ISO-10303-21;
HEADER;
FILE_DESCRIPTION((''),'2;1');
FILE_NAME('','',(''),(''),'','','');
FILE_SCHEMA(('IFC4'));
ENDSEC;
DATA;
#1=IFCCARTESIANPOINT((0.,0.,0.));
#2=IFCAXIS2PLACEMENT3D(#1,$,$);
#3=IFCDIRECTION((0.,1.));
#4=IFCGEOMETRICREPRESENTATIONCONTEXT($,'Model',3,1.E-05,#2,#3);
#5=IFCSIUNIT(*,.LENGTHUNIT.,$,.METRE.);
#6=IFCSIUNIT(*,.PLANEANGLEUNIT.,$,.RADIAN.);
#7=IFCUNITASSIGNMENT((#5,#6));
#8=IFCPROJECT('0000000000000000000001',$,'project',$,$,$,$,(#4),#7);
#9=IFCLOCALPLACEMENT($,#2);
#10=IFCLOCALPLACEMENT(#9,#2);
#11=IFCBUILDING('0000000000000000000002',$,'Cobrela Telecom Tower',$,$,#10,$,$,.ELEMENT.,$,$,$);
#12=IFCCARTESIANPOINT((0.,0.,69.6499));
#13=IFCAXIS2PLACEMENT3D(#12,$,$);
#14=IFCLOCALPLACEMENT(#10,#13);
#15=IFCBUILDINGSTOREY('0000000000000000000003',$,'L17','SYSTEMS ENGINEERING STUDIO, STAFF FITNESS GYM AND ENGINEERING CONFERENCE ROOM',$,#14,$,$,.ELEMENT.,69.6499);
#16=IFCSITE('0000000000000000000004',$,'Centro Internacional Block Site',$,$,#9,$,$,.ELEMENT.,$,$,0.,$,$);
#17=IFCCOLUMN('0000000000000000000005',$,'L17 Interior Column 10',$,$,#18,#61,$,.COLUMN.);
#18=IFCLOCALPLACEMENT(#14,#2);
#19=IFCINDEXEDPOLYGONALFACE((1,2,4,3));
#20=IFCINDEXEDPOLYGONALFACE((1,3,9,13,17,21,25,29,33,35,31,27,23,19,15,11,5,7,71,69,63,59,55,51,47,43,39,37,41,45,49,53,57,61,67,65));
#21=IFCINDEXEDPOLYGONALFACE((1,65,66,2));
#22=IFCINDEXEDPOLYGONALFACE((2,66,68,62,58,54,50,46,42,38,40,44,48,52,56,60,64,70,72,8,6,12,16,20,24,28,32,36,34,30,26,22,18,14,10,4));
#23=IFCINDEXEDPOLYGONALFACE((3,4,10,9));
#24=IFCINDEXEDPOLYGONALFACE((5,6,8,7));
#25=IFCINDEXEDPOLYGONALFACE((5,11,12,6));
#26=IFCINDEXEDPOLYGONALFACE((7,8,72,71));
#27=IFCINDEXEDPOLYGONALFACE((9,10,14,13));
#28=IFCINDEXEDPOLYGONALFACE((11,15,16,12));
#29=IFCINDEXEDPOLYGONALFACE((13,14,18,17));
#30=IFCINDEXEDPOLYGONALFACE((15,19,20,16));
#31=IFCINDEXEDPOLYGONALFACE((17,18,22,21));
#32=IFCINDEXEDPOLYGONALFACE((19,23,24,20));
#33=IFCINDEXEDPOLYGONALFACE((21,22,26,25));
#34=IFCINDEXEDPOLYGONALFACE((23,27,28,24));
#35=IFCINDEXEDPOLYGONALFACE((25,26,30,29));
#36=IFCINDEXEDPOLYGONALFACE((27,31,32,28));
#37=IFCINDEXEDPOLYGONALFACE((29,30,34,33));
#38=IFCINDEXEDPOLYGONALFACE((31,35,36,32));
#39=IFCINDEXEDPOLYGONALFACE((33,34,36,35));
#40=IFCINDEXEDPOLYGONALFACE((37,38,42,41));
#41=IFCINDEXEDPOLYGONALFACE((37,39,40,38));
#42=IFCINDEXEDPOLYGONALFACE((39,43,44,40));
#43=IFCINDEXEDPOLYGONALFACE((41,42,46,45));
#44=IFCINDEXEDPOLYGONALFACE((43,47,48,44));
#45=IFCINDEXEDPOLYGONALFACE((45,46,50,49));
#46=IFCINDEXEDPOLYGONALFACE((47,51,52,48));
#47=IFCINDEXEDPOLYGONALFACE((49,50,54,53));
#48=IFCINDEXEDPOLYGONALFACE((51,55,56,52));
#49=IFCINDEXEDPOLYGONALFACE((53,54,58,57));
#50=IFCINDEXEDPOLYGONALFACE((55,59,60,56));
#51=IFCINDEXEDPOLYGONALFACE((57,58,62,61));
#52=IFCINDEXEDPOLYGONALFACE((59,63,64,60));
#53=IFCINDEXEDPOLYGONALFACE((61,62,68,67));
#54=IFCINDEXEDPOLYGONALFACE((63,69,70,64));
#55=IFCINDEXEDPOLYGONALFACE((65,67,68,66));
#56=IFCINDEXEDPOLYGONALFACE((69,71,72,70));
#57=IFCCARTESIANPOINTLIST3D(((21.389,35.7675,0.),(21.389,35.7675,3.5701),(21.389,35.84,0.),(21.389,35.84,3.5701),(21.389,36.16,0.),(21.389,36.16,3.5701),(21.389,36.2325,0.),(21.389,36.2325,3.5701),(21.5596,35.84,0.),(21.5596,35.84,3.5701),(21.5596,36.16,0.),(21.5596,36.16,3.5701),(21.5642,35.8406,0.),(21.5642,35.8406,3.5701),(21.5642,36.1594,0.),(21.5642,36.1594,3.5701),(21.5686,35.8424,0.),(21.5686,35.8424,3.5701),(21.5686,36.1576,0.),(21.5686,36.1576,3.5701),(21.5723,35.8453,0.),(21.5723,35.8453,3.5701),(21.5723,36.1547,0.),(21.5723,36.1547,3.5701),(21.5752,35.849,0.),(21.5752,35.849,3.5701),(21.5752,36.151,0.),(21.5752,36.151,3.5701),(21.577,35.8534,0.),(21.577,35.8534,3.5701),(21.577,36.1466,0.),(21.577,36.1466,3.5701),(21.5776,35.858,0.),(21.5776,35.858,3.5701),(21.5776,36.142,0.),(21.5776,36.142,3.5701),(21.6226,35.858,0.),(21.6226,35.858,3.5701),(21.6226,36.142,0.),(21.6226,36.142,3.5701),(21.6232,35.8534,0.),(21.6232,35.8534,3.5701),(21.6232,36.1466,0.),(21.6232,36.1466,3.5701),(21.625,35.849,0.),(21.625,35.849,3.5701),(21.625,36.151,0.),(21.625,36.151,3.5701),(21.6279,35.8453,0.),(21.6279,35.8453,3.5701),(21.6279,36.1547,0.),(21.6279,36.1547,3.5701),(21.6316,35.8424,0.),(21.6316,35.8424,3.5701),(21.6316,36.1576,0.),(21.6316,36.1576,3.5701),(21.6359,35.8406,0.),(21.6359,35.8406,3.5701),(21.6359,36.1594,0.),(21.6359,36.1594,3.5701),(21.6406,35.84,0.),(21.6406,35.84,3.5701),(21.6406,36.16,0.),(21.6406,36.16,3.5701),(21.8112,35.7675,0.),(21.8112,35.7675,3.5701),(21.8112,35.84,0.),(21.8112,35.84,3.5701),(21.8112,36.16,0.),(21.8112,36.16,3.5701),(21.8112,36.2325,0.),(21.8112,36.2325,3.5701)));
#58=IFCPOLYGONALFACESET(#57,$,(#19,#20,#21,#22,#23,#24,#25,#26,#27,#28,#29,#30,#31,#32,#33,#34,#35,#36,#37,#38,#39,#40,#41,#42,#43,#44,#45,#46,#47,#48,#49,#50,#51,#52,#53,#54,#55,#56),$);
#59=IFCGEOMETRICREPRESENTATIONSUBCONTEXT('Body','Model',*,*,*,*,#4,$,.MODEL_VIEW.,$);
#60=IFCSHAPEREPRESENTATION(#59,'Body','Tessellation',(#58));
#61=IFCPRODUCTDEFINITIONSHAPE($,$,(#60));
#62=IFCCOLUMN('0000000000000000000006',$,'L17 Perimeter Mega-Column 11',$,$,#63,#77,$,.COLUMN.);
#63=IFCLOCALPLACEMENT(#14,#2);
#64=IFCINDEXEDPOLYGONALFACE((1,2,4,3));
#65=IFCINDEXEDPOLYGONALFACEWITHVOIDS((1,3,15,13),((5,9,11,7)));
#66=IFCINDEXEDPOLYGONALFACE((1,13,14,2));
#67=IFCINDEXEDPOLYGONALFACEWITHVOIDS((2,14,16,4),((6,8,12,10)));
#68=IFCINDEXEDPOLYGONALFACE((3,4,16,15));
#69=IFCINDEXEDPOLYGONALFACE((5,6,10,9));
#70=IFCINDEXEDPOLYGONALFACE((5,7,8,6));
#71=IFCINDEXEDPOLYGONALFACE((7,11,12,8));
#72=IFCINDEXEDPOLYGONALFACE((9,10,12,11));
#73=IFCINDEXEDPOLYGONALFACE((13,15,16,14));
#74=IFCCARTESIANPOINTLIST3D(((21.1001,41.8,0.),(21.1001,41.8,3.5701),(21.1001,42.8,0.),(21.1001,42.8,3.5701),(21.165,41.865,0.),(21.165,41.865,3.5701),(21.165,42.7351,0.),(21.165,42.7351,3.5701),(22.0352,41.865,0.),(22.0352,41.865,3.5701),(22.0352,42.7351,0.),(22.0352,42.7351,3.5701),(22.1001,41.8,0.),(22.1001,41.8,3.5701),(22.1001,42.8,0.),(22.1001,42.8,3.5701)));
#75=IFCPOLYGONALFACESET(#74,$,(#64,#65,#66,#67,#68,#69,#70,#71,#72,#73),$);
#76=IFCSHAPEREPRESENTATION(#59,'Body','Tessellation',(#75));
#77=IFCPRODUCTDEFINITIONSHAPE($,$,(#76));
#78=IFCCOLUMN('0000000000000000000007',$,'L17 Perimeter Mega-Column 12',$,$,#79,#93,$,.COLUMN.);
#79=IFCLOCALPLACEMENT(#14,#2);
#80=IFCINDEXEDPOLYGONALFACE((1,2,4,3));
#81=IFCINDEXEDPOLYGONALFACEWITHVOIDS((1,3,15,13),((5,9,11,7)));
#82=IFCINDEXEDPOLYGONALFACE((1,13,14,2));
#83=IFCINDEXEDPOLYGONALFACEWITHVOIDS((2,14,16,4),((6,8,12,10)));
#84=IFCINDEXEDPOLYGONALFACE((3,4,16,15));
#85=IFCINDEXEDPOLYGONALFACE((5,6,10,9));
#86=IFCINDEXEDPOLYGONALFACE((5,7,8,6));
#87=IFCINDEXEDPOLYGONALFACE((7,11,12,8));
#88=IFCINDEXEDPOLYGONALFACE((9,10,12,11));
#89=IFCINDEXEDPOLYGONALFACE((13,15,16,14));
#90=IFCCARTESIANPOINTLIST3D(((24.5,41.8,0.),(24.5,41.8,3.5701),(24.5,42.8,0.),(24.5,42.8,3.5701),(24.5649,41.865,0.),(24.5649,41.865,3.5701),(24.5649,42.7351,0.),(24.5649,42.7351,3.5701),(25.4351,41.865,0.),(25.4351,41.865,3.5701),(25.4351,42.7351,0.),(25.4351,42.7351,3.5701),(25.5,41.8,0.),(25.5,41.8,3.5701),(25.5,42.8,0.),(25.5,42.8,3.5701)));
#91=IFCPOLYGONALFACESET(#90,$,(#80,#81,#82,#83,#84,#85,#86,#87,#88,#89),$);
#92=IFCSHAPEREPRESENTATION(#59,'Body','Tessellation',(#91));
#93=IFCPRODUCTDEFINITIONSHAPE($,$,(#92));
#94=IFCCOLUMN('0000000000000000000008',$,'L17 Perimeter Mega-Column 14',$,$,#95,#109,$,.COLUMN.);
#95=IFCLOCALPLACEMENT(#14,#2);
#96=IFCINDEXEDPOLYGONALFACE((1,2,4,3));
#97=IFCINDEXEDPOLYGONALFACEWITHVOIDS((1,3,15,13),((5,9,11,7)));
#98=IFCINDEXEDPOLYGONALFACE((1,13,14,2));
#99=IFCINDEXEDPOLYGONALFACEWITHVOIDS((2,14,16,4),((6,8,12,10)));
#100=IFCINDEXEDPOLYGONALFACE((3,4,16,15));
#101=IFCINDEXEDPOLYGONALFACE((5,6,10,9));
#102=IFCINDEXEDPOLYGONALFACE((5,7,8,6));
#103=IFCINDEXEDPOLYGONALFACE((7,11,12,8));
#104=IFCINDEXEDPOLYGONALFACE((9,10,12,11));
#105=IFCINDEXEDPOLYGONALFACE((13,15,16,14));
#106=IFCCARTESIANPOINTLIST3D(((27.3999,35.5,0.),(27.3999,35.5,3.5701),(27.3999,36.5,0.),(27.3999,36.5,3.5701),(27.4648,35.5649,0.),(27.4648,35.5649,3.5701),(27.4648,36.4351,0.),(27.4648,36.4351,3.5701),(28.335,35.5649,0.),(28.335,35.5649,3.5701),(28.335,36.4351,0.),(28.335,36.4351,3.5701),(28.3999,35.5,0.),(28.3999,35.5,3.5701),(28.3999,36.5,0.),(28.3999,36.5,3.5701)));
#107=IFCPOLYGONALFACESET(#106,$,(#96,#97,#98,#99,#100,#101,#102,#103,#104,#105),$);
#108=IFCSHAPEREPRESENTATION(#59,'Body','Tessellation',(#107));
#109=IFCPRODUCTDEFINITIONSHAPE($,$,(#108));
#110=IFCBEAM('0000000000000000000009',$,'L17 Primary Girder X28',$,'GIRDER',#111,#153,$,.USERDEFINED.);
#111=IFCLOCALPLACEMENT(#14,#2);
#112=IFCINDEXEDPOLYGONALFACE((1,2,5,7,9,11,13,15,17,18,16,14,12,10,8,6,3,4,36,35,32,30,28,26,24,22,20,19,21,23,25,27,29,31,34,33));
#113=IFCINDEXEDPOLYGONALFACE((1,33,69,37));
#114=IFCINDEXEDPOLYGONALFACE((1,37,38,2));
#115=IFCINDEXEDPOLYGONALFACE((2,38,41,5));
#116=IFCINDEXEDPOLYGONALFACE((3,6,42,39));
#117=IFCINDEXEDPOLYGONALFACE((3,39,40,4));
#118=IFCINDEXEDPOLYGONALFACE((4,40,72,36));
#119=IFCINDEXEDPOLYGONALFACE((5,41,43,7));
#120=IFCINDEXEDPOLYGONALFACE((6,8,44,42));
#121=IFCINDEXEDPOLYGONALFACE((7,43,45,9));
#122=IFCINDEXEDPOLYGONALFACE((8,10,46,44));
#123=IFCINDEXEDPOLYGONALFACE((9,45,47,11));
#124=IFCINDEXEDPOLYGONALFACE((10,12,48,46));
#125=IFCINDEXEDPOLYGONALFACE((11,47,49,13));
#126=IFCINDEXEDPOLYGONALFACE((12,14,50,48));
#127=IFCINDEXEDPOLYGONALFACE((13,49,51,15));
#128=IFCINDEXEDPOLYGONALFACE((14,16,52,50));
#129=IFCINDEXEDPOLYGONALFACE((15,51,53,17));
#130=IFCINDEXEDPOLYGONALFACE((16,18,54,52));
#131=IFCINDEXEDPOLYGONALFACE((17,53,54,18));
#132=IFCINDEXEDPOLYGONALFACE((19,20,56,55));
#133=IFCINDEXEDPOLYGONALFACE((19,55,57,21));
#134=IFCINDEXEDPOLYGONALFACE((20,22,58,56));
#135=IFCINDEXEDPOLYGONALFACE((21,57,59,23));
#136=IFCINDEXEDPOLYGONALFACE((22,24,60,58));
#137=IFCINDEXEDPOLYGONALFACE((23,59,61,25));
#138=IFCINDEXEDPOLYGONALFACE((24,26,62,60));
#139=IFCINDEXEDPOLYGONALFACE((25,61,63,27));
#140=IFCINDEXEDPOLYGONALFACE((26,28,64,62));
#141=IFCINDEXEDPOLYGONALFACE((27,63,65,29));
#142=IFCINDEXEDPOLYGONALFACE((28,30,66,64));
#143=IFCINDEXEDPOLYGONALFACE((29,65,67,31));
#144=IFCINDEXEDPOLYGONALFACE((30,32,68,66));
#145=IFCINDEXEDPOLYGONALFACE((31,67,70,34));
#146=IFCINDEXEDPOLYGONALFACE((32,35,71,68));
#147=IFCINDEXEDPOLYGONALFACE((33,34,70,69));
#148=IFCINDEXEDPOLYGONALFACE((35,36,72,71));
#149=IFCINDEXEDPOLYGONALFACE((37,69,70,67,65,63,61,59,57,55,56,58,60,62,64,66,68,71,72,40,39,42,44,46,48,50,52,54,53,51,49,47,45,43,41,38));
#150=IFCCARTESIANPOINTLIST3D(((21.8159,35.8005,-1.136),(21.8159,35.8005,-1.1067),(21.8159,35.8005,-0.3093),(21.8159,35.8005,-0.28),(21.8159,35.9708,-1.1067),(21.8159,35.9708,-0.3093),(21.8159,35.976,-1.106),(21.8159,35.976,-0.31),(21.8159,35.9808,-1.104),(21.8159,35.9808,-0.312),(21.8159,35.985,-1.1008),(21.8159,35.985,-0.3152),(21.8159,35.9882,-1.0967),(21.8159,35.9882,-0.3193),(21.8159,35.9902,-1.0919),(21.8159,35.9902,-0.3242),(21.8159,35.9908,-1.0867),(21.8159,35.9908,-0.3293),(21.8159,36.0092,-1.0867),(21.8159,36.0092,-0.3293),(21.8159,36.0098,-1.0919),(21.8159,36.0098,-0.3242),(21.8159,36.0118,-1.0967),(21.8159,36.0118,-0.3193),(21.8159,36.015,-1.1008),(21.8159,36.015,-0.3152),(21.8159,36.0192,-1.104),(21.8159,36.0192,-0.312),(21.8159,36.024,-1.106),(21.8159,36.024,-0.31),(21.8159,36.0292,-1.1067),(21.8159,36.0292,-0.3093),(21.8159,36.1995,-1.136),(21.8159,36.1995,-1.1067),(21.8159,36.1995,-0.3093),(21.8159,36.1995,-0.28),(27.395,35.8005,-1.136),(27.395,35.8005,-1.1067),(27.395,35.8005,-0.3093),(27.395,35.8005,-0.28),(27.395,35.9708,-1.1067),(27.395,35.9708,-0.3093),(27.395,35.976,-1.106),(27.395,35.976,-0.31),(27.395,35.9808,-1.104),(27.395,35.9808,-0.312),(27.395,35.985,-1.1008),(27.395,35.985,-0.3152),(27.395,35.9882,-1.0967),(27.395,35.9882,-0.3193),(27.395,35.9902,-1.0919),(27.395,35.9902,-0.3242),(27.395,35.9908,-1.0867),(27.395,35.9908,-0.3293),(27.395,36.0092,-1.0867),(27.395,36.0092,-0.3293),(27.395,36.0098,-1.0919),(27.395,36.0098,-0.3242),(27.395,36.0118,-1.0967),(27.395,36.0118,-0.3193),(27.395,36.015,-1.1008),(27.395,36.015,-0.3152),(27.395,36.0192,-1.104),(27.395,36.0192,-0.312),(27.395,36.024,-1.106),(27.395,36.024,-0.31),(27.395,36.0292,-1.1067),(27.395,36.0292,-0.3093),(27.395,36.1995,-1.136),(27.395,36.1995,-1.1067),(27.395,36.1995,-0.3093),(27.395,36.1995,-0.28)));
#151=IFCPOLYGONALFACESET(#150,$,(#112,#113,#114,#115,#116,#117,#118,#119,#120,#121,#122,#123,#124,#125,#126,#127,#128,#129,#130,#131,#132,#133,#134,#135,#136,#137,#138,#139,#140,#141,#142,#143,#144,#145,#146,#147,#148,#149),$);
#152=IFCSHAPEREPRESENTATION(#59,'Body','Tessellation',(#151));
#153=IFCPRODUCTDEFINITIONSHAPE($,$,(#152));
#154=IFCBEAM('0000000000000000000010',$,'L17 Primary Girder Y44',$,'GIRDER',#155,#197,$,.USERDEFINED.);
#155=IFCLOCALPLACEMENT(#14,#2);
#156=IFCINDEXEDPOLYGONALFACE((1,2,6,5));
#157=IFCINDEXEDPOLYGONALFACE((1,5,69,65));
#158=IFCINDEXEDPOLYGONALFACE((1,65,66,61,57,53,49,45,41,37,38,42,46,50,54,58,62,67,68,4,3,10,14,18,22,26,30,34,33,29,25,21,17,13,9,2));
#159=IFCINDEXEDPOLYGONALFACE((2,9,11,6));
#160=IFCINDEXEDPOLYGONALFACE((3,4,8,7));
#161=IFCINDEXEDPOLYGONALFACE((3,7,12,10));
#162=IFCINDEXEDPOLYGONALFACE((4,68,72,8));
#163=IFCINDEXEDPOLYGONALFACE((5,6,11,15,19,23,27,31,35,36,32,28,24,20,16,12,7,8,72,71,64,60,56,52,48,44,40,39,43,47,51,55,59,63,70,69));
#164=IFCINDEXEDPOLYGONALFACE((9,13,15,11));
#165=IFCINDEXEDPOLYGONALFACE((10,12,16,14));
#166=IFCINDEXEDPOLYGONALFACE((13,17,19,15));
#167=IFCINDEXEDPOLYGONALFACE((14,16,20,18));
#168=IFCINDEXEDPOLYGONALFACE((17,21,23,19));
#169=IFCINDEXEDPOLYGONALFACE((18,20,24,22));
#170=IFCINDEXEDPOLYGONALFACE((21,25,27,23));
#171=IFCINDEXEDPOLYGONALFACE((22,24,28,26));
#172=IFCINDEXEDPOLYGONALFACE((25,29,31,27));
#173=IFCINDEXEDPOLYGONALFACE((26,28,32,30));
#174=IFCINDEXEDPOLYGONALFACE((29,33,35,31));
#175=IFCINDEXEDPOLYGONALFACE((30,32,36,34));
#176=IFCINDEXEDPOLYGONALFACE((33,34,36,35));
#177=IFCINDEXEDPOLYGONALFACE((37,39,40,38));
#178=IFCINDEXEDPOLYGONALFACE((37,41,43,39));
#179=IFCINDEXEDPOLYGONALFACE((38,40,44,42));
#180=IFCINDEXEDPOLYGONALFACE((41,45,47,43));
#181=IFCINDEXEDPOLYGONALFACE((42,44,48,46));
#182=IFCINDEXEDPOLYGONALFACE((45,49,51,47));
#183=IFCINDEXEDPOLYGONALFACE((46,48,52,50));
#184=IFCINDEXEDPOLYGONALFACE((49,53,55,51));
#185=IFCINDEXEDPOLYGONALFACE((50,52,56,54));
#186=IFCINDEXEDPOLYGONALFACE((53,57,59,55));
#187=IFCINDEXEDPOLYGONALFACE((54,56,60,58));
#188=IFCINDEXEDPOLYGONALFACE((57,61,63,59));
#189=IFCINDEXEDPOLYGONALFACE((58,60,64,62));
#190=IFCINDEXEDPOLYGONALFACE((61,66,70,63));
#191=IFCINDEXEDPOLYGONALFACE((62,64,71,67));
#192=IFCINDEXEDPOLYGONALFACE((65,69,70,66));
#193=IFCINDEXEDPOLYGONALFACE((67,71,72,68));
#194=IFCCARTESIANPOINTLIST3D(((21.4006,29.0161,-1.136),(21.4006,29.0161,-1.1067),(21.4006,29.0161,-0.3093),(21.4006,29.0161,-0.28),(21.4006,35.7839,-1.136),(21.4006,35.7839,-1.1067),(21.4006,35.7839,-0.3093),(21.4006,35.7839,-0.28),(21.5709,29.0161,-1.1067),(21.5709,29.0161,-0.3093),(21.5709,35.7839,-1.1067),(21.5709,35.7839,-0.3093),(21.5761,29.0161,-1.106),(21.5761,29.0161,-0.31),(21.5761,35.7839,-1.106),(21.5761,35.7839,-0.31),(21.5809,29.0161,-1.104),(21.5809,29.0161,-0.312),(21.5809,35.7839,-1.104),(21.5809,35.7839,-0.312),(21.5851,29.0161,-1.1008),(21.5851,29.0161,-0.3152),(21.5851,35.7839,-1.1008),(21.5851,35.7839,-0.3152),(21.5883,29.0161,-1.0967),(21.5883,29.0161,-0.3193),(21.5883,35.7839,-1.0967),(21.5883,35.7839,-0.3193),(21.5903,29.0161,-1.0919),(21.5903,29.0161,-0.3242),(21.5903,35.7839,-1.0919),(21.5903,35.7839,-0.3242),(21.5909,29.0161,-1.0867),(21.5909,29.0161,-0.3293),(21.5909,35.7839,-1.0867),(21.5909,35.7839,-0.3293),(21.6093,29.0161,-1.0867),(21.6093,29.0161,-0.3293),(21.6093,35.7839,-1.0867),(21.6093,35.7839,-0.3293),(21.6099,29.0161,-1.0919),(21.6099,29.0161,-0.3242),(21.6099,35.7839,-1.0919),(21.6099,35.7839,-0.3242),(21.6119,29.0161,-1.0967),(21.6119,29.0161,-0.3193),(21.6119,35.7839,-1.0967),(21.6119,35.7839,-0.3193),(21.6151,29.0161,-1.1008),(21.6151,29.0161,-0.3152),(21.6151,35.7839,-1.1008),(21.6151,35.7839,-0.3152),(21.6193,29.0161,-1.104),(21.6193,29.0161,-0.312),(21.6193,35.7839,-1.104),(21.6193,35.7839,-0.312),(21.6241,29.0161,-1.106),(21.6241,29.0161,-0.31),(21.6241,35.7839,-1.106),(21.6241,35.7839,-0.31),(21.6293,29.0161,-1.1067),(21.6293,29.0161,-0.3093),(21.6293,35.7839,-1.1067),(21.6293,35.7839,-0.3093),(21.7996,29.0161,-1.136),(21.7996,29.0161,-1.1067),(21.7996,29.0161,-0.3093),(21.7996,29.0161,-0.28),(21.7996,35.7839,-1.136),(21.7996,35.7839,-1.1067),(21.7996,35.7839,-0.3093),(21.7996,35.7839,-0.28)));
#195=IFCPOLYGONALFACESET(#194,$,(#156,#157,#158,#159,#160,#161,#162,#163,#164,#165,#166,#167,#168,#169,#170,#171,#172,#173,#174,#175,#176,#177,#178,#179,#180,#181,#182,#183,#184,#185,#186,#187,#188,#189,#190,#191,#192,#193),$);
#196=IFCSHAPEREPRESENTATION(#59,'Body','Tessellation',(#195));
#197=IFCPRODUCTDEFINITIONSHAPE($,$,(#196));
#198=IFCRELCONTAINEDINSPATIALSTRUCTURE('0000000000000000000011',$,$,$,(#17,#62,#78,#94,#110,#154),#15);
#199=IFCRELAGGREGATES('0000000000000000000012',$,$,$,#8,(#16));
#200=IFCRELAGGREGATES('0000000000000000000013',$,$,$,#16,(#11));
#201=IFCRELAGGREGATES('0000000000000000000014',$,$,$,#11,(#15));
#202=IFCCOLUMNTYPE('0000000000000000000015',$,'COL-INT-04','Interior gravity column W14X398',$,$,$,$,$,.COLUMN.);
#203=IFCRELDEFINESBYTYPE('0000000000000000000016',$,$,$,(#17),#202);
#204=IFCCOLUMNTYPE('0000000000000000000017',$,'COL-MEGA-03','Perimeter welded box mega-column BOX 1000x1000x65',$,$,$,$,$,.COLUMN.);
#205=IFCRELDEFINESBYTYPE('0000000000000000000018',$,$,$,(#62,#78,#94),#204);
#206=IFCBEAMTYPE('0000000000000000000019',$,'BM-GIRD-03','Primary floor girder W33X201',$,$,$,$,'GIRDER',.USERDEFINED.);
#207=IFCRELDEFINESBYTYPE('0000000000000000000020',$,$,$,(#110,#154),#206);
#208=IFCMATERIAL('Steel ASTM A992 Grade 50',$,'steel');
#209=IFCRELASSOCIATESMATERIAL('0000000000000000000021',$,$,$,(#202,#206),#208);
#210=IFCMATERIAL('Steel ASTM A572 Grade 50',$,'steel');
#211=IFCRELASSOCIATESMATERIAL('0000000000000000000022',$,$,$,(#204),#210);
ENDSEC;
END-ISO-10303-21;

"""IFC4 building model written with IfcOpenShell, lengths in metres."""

from ifc_helpers import new_model, si_unit, direction, frame, origin, origin_2d, place, context, subcontext, project, spatial, hollow_rectangle, i_section, extrude, material, material_profile, profile_set, type_object, element, save


model = new_model("IFC4")

# Units and contexts
model_context = context("Model", 3, precision=1e-05, world=origin(), true_north=direction((0.0, 1.0)))
body_context = subcontext(model_context, "Body", "Model", "MODEL_VIEW")
ifc_project = project(units=[si_unit("LENGTHUNIT", "METRE"), si_unit("PLANEANGLEUNIT", "RADIAN")], contexts=[model_context])

# Site, building, storey
site_placement = place(None, origin())
site = spatial("IfcSite", under=ifc_project, at=site_placement, Name="Centro Internacional Block Site", CompositionType="ELEMENT", RefElevation=0.0)
building_placement = place(site_placement, origin())
building = spatial("IfcBuilding", under=site, at=building_placement, Name="Cobrela Telecom Tower", CompositionType="ELEMENT")
storey_placement = place(building_placement, frame((0.0, 0.0, 69.6499)))
storey = spatial("IfcBuildingStorey", under=building, at=storey_placement, Name="L17", Description="SYSTEMS ENGINEERING STUDIO, STAFF FITNESS GYM AND ENGINEERING CONFERENCE ROOM", CompositionType="ELEMENT", Elevation=69.6499)

# Columns
ifc_material_1 = material(Name="Steel ASTM A992 Grade 50", Category="steel")
ifc_material_profile_1 = material_profile(ifc_material_1, i_section(OverallWidth=0.4221, OverallDepth=0.4651, WebThickness=0.0449, FlangeThickness=0.0725, FilletRadius=0.0181, at=origin_2d()), Name="W14X398")
ifc_profile_set_1 = profile_set([ifc_material_profile_1], Name="Steel ASTM A992 Grade 50")
column_type_1 = type_object("IfcColumnType", Name="COL-INT-04", Description="Interior gravity column W14X398", PredefinedType="COLUMN", material=ifc_profile_set_1)
column_placement = place(storey_placement, frame((21.6001, 36.0, 0.0), z_axis=(0.0, 0.0, 1.0), x_axis=(1.0, 0.0, 0.0)))
element("IfcColumn", 1, at=column_placement, inside=storey, type_object=column_type_1, Name="L17 Interior Column 10", PredefinedType="COLUMN", context=body_context, shape_type="SweptSolid", body=[
    extrude(i_section(OverallWidth=0.4221, OverallDepth=0.4651, WebThickness=0.0449, FlangeThickness=0.0725, FilletRadius=0.0181, at=origin_2d()), origin(), (0.0, 0.0, 1.0), 3.5701),
])
ifc_material_2 = material(Name="Steel ASTM A572 Grade 50", Category="steel")
ifc_material_profile_2 = material_profile(ifc_material_2, hollow_rectangle(XDim=1.0, YDim=1.0, WallThickness=0.0649, at=origin_2d()), Name="BOX 1000x1000x65")
ifc_profile_set_2 = profile_set([ifc_material_profile_2], Name="Steel ASTM A572 Grade 50")
column_type_2 = type_object("IfcColumnType", Name="COL-MEGA-03", Description="Perimeter welded box mega-column BOX 1000x1000x65", PredefinedType="COLUMN", material=ifc_profile_set_2)
for number, where, z_axis, x_axis, name in (
    (2, (21.6001, 42.3, 0.0), (0.0, 0.0, 1.0), (1.0, 0.0, 0.0), "L17 Perimeter Mega-Column 11"),
    (3, (25.0, 42.3, 0.0), (0.0, 0.0, 1.0), (1.0, 0.0, 0.0), "L17 Perimeter Mega-Column 12"),
    (4, (27.8999, 36.0, 0.0), (0.0, 0.0, 1.0), (1.0, 0.0, 0.0), "L17 Perimeter Mega-Column 14"),
):
    element("IfcColumn", number, at=place(storey_placement, frame(where, z_axis=z_axis, x_axis=x_axis)), inside=storey, type_object=column_type_2, Name=name, PredefinedType="COLUMN", context=body_context, shape_type="SweptSolid", body=[
        extrude(hollow_rectangle(XDim=1.0, YDim=1.0, WallThickness=0.0649, at=origin_2d()), origin(), (0.0, 0.0, 1.0), 3.5701),
    ])

# Beams
ifc_material_profile_3 = material_profile(ifc_material_1, i_section(OverallWidth=0.3989, OverallDepth=0.856, WebThickness=0.0183, FlangeThickness=0.0293, FilletRadius=0.02, at=origin_2d()), Name="W33X201")
ifc_profile_set_3 = profile_set([ifc_material_profile_3], Name="Steel ASTM A992 Grade 50")
beam_type_1 = type_object("IfcBeamType", Name="BM-GIRD-03", Description="Primary floor girder W33X201", ElementType="GIRDER", PredefinedType="USERDEFINED", material=ifc_profile_set_3)
beam_1_placement = place(storey_placement, frame((21.8159, 36.0, -0.708), z_axis=(1.0, 0.0, 0.0), x_axis=(0.0, 1.0, 0.0)))
element("IfcBeam", 5, at=beam_1_placement, inside=storey, type_object=beam_type_1, Name="L17 Primary Girder X28", ObjectType="GIRDER", PredefinedType="USERDEFINED", context=body_context, shape_type="SweptSolid", body=[
    extrude(i_section(OverallWidth=0.3989, OverallDepth=0.856, WebThickness=0.0183, FlangeThickness=0.0293, FilletRadius=0.02, at=origin_2d()), origin(), (0.0, 0.0, 1.0), 5.5791),
])
beam_2_placement = place(storey_placement, frame((21.6001, 29.0161, -0.708), z_axis=(0.0, 1.0, 0.0), x_axis=(-1.0, 0.0, 0.0)))
element("IfcBeam", 6, at=beam_2_placement, inside=storey, type_object=beam_type_1, Name="L17 Primary Girder Y44", ObjectType="GIRDER", PredefinedType="USERDEFINED", context=body_context, shape_type="SweptSolid", body=[
    extrude(i_section(OverallWidth=0.3989, OverallDepth=0.856, WebThickness=0.0183, FlangeThickness=0.0293, FilletRadius=0.02, at=origin_2d()), origin(), (0.0, 0.0, 1.0), 6.7678),
])

save(model, "model.ifc")
